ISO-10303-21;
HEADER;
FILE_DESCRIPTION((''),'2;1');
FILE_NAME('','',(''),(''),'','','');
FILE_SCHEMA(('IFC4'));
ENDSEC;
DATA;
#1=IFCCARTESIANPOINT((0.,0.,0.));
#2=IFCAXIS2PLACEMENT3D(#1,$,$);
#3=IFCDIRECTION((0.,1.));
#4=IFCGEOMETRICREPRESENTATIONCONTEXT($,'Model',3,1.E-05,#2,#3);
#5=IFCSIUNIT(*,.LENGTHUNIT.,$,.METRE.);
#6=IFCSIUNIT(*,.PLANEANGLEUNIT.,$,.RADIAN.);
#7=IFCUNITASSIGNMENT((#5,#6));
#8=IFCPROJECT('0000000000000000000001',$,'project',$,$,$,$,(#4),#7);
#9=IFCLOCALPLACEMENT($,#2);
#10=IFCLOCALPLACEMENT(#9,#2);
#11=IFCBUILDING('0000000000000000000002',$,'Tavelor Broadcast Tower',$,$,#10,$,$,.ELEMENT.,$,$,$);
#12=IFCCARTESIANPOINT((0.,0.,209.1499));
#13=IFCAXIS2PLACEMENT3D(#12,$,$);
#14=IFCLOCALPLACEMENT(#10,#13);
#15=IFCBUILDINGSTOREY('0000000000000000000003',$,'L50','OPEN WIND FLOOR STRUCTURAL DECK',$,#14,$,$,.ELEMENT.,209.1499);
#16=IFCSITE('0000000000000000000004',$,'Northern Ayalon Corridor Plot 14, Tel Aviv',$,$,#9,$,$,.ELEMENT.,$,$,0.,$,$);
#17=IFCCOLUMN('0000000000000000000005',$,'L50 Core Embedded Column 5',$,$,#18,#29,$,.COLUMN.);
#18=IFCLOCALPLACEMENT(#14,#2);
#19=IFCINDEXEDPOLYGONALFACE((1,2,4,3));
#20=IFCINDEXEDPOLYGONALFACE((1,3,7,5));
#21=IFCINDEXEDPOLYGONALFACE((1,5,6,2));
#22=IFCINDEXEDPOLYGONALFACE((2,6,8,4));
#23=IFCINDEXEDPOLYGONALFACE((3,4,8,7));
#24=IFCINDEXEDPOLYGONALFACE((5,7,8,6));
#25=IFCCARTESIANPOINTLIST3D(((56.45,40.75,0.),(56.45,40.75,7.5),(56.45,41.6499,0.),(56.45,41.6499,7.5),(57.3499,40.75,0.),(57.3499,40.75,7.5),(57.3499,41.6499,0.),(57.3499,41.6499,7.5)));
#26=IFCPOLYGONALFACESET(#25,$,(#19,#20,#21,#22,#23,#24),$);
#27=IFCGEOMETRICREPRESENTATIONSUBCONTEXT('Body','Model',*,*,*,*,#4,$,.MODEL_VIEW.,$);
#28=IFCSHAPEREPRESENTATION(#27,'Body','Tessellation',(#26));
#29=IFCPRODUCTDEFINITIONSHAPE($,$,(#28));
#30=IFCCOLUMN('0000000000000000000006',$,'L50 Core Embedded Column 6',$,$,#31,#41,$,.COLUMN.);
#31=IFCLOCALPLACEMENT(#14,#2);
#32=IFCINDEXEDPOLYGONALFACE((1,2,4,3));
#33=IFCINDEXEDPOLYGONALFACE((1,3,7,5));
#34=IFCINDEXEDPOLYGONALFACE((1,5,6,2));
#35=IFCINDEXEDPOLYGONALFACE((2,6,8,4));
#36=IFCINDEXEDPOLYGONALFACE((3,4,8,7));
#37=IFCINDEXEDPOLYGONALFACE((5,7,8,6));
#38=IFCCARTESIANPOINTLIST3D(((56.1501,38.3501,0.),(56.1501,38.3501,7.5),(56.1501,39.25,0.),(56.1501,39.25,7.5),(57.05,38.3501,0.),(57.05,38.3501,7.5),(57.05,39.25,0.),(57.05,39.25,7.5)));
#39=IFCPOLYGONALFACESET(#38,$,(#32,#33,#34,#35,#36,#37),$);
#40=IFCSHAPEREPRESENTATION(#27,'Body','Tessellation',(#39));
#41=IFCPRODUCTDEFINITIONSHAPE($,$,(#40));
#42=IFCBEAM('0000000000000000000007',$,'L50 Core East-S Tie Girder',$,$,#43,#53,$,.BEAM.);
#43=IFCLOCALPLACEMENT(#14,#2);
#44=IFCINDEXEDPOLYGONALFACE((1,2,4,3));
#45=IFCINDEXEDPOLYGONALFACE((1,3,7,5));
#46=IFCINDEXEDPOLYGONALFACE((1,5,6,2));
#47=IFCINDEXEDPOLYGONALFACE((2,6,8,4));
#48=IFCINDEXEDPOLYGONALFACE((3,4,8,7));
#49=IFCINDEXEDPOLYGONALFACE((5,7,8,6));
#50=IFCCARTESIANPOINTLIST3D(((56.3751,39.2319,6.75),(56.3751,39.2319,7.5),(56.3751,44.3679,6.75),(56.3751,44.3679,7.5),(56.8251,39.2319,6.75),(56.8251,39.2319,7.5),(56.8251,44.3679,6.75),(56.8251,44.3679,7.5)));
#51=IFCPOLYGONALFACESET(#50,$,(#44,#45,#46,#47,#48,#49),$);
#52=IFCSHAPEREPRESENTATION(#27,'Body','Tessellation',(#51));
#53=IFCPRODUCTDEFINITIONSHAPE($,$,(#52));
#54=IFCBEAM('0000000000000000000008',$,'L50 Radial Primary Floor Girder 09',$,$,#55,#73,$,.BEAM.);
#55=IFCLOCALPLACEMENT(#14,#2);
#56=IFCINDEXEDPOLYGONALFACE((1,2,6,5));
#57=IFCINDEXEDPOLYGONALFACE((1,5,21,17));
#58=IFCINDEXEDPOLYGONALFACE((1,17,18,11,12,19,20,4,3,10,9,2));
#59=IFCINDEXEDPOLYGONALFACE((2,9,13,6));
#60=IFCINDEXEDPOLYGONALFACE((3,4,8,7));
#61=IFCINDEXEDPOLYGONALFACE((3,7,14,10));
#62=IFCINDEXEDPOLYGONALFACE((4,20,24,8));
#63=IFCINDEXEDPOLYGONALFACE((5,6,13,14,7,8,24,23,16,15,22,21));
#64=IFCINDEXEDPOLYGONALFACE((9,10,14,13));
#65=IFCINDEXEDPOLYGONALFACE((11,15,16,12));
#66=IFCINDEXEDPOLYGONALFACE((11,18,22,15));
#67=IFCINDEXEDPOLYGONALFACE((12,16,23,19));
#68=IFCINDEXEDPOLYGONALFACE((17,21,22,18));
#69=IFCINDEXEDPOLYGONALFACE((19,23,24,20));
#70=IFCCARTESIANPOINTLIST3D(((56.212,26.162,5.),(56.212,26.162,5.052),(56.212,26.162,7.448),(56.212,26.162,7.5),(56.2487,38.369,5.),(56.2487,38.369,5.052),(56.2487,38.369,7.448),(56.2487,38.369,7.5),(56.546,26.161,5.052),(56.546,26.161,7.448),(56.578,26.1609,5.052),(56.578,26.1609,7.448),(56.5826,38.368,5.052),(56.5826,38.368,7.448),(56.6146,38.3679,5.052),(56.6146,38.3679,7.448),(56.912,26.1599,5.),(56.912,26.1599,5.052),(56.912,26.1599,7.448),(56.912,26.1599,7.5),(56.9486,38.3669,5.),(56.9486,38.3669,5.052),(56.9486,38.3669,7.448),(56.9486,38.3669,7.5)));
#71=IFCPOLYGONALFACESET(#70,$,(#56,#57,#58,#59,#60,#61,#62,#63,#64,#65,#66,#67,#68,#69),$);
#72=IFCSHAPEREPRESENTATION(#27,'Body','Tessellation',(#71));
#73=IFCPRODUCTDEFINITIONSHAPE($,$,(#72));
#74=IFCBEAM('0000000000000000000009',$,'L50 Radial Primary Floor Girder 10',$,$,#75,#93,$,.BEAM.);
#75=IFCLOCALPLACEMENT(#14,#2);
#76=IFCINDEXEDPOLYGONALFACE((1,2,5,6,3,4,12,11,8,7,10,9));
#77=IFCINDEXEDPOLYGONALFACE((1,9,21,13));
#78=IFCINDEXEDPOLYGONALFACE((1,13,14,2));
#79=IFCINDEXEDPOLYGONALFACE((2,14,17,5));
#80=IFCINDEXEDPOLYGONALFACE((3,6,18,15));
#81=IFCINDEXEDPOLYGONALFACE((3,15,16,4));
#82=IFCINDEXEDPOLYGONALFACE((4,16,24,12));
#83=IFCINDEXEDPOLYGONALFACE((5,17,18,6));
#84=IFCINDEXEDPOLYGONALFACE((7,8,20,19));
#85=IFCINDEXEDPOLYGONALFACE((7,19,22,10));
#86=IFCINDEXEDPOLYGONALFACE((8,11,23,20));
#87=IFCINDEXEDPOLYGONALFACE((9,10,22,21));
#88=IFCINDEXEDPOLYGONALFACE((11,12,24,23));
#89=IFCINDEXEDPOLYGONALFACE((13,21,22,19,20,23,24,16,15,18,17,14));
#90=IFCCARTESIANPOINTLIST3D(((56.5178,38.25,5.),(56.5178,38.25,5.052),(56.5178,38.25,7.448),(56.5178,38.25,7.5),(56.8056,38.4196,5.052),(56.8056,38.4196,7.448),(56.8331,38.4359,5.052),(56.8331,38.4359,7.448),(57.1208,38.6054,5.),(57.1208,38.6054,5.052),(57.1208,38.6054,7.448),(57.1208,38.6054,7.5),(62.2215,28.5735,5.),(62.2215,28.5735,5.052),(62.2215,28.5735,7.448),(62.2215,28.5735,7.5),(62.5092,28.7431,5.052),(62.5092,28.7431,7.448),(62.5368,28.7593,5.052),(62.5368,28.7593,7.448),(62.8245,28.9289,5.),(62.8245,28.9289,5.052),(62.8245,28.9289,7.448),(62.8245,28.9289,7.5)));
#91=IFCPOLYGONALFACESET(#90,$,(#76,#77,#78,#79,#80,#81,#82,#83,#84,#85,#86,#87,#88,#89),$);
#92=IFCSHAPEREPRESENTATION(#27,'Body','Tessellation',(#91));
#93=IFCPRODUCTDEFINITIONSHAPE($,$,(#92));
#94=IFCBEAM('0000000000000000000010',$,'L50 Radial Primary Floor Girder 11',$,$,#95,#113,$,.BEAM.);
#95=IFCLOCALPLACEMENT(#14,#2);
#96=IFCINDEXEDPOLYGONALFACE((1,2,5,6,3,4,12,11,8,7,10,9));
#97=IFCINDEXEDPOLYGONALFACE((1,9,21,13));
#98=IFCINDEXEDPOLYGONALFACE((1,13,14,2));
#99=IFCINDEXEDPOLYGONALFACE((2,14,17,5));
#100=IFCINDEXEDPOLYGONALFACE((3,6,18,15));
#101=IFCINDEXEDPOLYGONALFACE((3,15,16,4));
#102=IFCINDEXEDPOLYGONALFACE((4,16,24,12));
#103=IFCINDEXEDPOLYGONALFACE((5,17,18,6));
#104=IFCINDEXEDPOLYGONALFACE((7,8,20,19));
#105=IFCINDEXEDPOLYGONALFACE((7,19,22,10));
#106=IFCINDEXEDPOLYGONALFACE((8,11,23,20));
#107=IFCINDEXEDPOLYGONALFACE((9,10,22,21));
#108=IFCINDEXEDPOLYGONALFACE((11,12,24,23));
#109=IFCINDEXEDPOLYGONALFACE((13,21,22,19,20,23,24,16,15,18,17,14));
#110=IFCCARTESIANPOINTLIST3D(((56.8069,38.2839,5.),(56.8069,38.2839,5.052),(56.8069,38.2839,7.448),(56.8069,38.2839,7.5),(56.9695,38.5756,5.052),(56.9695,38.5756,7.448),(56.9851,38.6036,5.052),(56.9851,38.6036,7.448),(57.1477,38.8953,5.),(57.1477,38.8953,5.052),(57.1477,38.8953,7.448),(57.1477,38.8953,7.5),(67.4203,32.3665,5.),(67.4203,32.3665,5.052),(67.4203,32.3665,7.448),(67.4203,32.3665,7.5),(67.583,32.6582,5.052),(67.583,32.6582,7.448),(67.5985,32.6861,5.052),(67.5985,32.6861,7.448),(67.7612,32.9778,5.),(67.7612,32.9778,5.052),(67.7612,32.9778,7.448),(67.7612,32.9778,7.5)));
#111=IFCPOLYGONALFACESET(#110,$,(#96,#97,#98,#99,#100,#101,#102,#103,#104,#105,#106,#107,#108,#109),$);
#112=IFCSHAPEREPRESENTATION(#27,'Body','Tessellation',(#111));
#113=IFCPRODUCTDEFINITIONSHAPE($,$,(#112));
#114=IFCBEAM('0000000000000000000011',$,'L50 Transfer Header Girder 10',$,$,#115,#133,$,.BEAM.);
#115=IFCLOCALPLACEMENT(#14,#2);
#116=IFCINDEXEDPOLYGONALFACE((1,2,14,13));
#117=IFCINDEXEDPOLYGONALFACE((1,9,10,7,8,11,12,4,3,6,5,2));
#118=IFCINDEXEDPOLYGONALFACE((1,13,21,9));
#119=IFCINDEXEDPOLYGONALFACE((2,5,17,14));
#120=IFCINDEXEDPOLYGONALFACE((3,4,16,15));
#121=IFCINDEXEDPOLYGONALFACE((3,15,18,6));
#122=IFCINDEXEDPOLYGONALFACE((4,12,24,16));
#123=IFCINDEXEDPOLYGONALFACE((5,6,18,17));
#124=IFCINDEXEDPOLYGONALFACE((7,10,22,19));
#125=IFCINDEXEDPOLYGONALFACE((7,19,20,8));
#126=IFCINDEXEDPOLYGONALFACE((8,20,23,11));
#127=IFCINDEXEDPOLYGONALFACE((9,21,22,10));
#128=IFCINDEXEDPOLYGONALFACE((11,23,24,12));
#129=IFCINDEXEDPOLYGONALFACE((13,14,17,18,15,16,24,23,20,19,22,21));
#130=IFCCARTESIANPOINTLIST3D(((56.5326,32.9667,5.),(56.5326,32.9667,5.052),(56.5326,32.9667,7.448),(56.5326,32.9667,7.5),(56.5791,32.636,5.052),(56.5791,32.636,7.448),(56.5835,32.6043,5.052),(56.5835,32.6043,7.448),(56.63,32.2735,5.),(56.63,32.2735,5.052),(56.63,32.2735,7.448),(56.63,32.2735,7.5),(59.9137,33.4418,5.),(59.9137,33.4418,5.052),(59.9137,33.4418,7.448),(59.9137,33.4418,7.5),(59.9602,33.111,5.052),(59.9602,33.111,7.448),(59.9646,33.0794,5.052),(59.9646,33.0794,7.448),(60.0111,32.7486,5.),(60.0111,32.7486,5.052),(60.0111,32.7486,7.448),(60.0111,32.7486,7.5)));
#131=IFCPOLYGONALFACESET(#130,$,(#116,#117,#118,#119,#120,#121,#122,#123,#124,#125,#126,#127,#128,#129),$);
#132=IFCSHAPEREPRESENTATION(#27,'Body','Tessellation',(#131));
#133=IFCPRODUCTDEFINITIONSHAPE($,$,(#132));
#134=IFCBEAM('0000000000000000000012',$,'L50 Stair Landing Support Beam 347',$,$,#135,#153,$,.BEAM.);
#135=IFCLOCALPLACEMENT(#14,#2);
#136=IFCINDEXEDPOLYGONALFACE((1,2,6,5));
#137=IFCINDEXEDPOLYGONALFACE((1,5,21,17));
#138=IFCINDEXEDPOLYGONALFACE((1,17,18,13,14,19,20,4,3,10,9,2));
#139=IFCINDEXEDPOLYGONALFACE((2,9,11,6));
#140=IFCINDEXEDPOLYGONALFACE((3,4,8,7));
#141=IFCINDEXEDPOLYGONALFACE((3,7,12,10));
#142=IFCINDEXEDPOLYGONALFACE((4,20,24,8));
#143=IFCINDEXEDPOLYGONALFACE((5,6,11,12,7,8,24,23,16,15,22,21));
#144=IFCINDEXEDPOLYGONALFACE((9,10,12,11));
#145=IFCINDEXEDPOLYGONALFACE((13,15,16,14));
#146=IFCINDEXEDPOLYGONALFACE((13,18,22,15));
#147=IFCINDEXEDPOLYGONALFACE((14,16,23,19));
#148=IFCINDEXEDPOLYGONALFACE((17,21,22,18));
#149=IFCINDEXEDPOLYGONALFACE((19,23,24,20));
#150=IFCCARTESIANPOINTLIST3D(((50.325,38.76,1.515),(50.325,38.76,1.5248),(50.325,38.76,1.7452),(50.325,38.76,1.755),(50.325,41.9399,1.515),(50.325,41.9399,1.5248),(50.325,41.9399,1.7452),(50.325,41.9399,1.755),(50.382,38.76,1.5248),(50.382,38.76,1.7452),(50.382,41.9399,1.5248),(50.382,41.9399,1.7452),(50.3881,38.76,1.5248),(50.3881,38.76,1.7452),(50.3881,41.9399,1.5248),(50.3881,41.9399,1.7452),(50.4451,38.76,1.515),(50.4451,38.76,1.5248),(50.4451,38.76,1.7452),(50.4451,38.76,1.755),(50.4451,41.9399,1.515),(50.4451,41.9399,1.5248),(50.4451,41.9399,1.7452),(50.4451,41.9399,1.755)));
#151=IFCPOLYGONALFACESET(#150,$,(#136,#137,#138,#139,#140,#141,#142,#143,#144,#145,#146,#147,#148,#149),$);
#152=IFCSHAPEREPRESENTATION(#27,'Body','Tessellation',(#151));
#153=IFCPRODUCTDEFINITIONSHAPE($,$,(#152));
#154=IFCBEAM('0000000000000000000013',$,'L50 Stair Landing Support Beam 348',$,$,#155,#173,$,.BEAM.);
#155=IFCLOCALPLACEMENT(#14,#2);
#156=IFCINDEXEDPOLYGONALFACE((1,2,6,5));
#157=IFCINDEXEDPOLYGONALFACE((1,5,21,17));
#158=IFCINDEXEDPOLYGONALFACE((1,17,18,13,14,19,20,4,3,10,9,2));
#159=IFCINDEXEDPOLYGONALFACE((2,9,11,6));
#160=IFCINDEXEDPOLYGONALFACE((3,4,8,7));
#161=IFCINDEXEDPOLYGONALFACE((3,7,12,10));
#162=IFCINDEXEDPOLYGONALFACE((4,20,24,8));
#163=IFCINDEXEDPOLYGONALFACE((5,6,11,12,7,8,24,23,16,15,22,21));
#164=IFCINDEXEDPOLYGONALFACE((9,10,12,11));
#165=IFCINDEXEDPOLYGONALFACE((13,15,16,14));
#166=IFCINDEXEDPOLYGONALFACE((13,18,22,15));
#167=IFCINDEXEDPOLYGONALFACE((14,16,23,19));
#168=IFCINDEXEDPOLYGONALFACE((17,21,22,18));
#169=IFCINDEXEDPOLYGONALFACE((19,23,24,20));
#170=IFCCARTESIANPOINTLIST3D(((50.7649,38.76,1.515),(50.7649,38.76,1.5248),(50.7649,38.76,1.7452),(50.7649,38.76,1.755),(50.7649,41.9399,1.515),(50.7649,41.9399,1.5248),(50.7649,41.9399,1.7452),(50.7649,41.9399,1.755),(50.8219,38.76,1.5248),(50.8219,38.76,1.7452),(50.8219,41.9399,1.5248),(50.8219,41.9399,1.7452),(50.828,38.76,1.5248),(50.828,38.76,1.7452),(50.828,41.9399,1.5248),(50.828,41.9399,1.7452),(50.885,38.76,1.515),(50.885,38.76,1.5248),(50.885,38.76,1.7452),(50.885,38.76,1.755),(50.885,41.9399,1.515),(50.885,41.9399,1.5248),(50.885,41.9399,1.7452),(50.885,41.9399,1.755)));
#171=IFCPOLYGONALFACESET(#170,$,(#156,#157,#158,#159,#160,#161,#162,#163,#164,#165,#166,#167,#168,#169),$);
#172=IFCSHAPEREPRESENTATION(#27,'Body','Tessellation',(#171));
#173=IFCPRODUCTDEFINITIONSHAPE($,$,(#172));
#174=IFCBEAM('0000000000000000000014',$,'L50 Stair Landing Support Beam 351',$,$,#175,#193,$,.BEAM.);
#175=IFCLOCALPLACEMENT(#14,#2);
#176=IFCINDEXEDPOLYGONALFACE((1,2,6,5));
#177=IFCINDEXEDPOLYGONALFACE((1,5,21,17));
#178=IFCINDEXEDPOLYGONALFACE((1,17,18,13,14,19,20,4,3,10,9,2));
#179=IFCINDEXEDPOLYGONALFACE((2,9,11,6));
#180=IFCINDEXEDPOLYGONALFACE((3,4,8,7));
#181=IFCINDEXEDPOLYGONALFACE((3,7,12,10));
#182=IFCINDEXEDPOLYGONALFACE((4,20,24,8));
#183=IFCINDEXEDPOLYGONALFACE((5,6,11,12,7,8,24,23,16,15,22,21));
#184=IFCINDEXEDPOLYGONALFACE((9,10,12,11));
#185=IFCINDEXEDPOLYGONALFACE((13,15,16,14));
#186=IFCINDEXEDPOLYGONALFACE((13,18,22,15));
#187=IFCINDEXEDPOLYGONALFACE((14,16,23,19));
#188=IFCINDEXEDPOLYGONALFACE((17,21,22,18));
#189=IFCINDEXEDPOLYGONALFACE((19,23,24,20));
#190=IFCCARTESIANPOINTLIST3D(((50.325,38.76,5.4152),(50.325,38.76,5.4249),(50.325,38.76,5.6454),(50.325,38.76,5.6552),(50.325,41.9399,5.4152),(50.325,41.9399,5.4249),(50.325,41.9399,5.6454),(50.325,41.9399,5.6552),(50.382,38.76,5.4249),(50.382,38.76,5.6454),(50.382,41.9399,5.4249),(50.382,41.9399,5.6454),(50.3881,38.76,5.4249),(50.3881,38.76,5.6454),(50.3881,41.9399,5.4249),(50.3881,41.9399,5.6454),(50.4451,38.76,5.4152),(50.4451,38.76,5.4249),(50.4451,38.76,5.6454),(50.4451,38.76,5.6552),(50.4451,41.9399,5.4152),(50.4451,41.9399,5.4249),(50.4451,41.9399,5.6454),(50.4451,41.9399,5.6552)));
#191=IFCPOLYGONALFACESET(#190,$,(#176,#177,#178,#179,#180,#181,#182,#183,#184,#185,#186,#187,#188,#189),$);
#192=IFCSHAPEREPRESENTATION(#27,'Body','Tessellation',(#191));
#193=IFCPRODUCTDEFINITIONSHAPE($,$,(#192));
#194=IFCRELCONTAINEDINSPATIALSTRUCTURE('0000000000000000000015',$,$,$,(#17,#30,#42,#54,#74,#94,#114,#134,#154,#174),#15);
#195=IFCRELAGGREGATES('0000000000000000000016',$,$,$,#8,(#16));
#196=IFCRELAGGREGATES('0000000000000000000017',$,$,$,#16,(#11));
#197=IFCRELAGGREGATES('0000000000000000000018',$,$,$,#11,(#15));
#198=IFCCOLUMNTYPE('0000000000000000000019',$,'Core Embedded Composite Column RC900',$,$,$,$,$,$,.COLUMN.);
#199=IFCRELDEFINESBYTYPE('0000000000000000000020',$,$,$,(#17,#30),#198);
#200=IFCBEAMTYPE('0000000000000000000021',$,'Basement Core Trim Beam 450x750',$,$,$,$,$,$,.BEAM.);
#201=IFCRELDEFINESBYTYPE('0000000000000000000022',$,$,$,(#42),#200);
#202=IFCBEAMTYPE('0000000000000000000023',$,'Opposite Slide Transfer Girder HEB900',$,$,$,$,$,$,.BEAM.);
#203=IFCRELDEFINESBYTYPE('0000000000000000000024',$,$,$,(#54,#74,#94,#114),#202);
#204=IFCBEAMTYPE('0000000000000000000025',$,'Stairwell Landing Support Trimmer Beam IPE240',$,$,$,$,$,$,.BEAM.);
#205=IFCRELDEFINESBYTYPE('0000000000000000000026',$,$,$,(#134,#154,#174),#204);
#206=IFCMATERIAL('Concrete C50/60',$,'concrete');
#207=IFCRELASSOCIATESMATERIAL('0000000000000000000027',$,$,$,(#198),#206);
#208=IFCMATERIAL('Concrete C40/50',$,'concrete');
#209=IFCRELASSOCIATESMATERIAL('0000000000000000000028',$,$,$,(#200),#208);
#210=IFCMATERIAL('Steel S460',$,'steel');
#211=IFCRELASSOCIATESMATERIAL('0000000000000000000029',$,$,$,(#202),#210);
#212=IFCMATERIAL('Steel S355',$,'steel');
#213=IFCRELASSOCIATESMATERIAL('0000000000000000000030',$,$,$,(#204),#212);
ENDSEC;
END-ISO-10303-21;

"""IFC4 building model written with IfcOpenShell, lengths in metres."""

from ifc_helpers import new_model, si_unit, direction, frame, origin, origin_2d, place, context, subcontext, project, spatial, rectangle, i_section, extrude, material, material_profile, profile_set, type_object, element, save


model = new_model("IFC4")

# Units and contexts
model_context = context("Model", 3, precision=1e-05, world=origin(), true_north=direction((0.0, 1.0)))
body_context = subcontext(model_context, "Body", "Model", "MODEL_VIEW")
ifc_project = project(units=[si_unit("LENGTHUNIT", "METRE"), si_unit("PLANEANGLEUNIT", "RADIAN")], contexts=[model_context])

# Site, building, storey
site_placement = place(None, origin())
site = spatial("IfcSite", under=ifc_project, at=site_placement, Name="Northern Ayalon Corridor Plot 14, Tel Aviv", CompositionType="ELEMENT", RefElevation=0.0)
building_placement = place(site_placement, origin())
building = spatial("IfcBuilding", under=site, at=building_placement, Name="Tavelor Broadcast Tower", CompositionType="ELEMENT")
storey_placement = place(building_placement, frame((0.0, 0.0, 209.1499)))
storey = spatial("IfcBuildingStorey", under=building, at=storey_placement, Name="L50", Description="OPEN WIND FLOOR STRUCTURAL DECK", CompositionType="ELEMENT", Elevation=209.1499)

# Columns
ifc_material_1 = material(Name="Concrete C50/60", Category="concrete")
ifc_material_profile_1 = material_profile(ifc_material_1, rectangle(XDim=0.8999, YDim=0.8999, at=origin_2d()), Name="RC 900x900")
ifc_profile_set_1 = profile_set([ifc_material_profile_1], Name="Concrete C50/60")
column_type = type_object("IfcColumnType", Name="Core Embedded Composite Column RC900", PredefinedType="COLUMN", material=ifc_profile_set_1)
for number, where, z_axis, x_axis, name in (
    (1, (56.8999, 41.2, 0.0), (0.0, 0.0, 1.0), (1.0, 0.0, 0.0), "L50 Core Embedded Column 5"),
    (2, (56.6001, 38.8, 0.0), (0.0, 0.0, 1.0), (1.0, 0.0, 0.0), "L50 Core Embedded Column 6"),
):
    element("IfcColumn", number, at=place(storey_placement, frame(where, z_axis=z_axis, x_axis=x_axis)), inside=storey, type_object=column_type, Name=name, PredefinedType="COLUMN", context=body_context, shape_type="SweptSolid", body=[
        extrude(rectangle(XDim=0.8999, YDim=0.8999, at=origin_2d()), origin(), (0.0, 0.0, 1.0), 7.5),
    ])

# Beams
ifc_material_2 = material(Name="Concrete C40/50", Category="concrete")
ifc_material_profile_2 = material_profile(ifc_material_2, rectangle(XDim=0.45, YDim=0.75, at=origin_2d()), Name="RC 450x750")
ifc_profile_set_2 = profile_set([ifc_material_profile_2], Name="Concrete C40/50")
beam_type_1 = type_object("IfcBeamType", Name="Basement Core Trim Beam 450x750", PredefinedType="BEAM", material=ifc_profile_set_2)
beam_1_placement = place(storey_placement, frame((56.6001, 39.2319, 7.125), z_axis=(0.0, 1.0, 0.0), x_axis=(-1.0, 0.0, 0.0)))
element("IfcBeam", 3, at=beam_1_placement, inside=storey, type_object=beam_type_1, Name="L50 Core East-S Tie Girder", PredefinedType="BEAM", context=body_context, shape_type="SweptSolid", body=[
    extrude(rectangle(XDim=0.45, YDim=0.75, at=origin_2d()), origin(), (0.0, 0.0, 1.0), 5.136),
])
ifc_material_3 = material(Name="Steel S460", Category="steel")
ifc_material_profile_3 = material_profile(ifc_material_3, i_section(OverallWidth=0.7, OverallDepth=2.5, WebThickness=0.032, FlangeThickness=0.052, at=origin_2d()), Name="PG 2500x700")
ifc_profile_set_3 = profile_set([ifc_material_profile_3], Name="Steel S460")
beam_type_2 = type_object("IfcBeamType", Name="Opposite Slide Transfer Girder HEB900", PredefinedType="BEAM", material=ifc_profile_set_3)
beam_2_placement = place(storey_placement, frame((56.5986, 38.3679, 6.25), z_axis=(-0.003, -0.999996, 0.0), x_axis=(0.999996, -0.003, 0.0)))
element("IfcBeam", 4, at=beam_2_placement, inside=storey, type_object=beam_type_2, Name="L50 Radial Primary Floor Girder 09", PredefinedType="BEAM", context=body_context, shape_type="SweptSolid", body=[
    extrude(i_section(OverallWidth=0.7, OverallDepth=2.5, WebThickness=0.032, FlangeThickness=0.052, at=origin_2d()), origin(), (0.0, 0.0, 1.0), 12.207),
])
beam_3_placement = place(storey_placement, frame((56.8193, 38.4277, 6.25), z_axis=(0.507784, -0.861485, 0.0), x_axis=(0.861485, 0.507784, 0.0)))
element("IfcBeam", 5, at=beam_3_placement, inside=storey, type_object=beam_type_2, Name="L50 Radial Primary Floor Girder 10", PredefinedType="BEAM", context=body_context, shape_type="SweptSolid", body=[
    extrude(i_section(OverallWidth=0.7, OverallDepth=2.5, WebThickness=0.032, FlangeThickness=0.052, at=origin_2d()), origin(), (0.0, 0.0, 1.0), 11.2324),
])
beam_4_placement = place(storey_placement, frame((56.9773, 38.5896, 6.25), z_axis=(0.87342, -0.486968, 0.0), x_axis=(0.486968, 0.87342, 0.0)))
element("IfcBeam", 6, at=beam_4_placement, inside=storey, type_object=beam_type_2, Name="L50 Radial Primary Floor Girder 11", PredefinedType="BEAM", context=body_context, shape_type="SweptSolid", body=[
    extrude(i_section(OverallWidth=0.7, OverallDepth=2.5, WebThickness=0.032, FlangeThickness=0.052, at=origin_2d()), origin(), (0.0, 0.0, 1.0), 12.1516),
])
beam_5_placement = place(storey_placement, frame((56.5813, 32.6201, 6.25), z_axis=(0.990272, 0.139149, 0.0), x_axis=(-0.139149, 0.990272, 0.0)))
element("IfcBeam", 7, at=beam_5_placement, inside=storey, type_object=beam_type_2, Name="L50 Transfer Header Girder 10", PredefinedType="BEAM", context=body_context, shape_type="SweptSolid", body=[
    extrude(i_section(OverallWidth=0.7, OverallDepth=2.5, WebThickness=0.032, FlangeThickness=0.052, at=origin_2d()), origin(), (0.0, 0.0, 1.0), 3.4143),
])
ifc_material_4 = material(Name="Steel S355", Category="steel")
ifc_material_profile_4 = material_profile(ifc_material_4, i_section(OverallWidth=0.1201, OverallDepth=0.24, WebThickness=0.0061, FlangeThickness=0.0098, at=origin_2d()), Name="IPE 240")
ifc_profile_set_4 = profile_set([ifc_material_profile_4], Name="Steel S355")
beam_type_3 = type_object("IfcBeamType", Name="Stairwell Landing Support Trimmer Beam IPE240", PredefinedType="BEAM", material=ifc_profile_set_4)
for number, where, z_axis, x_axis, name in (
    (8, (50.385, 38.76, 1.635), (0.0, 1.0, 0.0), (-1.0, 0.0, 0.0), "L50 Stair Landing Support Beam 347"),
    (9, (50.825, 38.76, 1.635), (0.0, 1.0, 0.0), (-1.0, 0.0, 0.0), "L50 Stair Landing Support Beam 348"),
    (10, (50.385, 38.76, 5.5352), (0.0, 1.0, 0.0), (-1.0, 0.0, 0.0), "L50 Stair Landing Support Beam 351"),
):
    element("IfcBeam", number, at=place(storey_placement, frame(where, z_axis=z_axis, x_axis=x_axis)), inside=storey, type_object=beam_type_3, Name=name, PredefinedType="BEAM", context=body_context, shape_type="SweptSolid", body=[
        extrude(i_section(OverallWidth=0.1201, OverallDepth=0.24, WebThickness=0.0061, FlangeThickness=0.0098, at=origin_2d()), origin(), (0.0, 0.0, 1.0), 3.1799),
    ])

save(model, "model.ifc")
